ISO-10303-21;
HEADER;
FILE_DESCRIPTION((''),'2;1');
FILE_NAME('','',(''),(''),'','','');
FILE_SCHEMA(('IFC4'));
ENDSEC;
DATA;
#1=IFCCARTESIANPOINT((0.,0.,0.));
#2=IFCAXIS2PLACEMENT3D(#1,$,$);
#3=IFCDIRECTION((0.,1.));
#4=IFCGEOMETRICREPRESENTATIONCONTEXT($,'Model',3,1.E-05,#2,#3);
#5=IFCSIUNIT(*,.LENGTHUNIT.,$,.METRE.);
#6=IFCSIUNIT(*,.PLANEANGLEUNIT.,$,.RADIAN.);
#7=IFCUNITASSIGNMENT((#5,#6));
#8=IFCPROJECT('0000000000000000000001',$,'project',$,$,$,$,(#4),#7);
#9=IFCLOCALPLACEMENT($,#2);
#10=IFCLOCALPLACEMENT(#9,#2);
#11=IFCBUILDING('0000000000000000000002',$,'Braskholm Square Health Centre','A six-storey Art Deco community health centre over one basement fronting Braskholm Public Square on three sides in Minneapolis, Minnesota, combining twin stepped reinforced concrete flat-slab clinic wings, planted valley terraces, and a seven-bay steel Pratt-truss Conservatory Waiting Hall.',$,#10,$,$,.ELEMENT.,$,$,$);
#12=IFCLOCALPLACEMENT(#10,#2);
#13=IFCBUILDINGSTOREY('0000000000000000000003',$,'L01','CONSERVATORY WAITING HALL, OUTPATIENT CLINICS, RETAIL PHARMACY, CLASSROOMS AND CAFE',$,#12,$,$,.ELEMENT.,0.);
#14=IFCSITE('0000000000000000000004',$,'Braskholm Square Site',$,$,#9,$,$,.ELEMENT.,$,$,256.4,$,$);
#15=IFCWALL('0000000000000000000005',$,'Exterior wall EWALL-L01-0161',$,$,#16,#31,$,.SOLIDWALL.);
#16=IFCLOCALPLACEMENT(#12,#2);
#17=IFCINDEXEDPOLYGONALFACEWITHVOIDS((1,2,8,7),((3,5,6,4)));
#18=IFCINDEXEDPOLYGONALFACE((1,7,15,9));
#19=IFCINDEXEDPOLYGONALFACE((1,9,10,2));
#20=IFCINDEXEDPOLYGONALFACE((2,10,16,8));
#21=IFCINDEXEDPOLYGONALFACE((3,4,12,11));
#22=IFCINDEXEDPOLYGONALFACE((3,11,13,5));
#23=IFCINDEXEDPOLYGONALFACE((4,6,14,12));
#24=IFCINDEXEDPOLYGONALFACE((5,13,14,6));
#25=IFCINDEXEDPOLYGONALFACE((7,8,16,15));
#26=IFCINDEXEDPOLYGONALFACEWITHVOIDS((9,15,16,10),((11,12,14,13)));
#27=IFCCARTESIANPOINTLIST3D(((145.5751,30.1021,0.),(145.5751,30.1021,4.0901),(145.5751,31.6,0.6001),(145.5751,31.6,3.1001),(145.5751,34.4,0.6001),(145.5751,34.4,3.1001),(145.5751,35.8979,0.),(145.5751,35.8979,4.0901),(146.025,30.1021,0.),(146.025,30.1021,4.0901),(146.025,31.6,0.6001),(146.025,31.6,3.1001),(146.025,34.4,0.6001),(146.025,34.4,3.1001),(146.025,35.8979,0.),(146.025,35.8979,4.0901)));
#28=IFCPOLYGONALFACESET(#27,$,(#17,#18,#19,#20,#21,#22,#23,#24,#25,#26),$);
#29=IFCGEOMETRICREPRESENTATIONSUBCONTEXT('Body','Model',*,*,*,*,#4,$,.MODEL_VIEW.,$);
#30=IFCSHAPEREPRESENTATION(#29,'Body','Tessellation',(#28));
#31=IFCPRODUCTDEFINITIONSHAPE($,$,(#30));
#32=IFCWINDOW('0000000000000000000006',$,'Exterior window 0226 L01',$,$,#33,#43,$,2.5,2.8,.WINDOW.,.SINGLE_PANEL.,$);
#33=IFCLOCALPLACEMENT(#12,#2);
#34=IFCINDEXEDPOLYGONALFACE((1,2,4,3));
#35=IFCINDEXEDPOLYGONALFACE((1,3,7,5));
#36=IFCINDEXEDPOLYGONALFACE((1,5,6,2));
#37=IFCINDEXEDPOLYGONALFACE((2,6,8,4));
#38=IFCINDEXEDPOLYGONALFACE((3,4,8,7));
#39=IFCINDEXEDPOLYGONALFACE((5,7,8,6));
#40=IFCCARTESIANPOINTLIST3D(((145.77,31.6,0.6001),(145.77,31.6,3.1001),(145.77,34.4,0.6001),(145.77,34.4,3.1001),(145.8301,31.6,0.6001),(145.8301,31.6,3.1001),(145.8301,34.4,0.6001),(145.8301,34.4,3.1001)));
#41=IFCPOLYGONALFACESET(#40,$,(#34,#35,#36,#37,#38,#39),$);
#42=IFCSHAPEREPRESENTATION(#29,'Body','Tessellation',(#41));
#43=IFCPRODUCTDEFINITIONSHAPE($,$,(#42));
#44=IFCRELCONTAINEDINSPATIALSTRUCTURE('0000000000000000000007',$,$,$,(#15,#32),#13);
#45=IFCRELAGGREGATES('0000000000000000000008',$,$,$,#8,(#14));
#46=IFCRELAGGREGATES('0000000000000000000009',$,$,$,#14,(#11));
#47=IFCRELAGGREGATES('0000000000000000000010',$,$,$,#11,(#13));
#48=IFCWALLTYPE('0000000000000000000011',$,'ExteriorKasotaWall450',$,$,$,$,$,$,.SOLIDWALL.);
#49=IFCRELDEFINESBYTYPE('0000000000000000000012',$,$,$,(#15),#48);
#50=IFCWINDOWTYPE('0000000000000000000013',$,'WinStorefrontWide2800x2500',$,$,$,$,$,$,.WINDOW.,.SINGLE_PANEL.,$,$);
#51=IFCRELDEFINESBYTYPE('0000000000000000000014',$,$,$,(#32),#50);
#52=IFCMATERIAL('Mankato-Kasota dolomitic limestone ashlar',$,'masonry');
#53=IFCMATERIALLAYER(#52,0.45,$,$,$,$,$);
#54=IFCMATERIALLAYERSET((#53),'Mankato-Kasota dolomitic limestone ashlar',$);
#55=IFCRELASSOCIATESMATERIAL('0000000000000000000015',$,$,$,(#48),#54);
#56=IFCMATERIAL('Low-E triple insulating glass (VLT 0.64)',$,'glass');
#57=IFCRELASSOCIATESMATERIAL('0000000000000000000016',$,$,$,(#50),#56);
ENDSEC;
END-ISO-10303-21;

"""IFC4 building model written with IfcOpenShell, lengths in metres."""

from ifc_helpers import new_model, si_unit, direction, frame, frame_2d, origin, origin_with_axes, place, context, subcontext, project, spatial, rectangle, extrude, material, layer, layer_set, type_object, element, fill, save


model = new_model("IFC4")

# Units and contexts
model_context = context("Model", 3, precision=1e-05, world=origin(), true_north=direction((0.0, 1.0)))
body_context = subcontext(model_context, "Body", "Model", "MODEL_VIEW")
ifc_project = project(units=[si_unit("LENGTHUNIT", "METRE"), si_unit("PLANEANGLEUNIT", "RADIAN")], contexts=[model_context])

# Site, building, storey
site_placement = place(None, origin())
site = spatial("IfcSite", under=ifc_project, at=site_placement, Name="Braskholm Square Site", CompositionType="ELEMENT", RefElevation=256.4)
building_placement = place(site_placement, origin())
building = spatial("IfcBuilding", under=site, at=building_placement, Name="Braskholm Square Health Centre", Description="A six-storey Art Deco community health centre over one basement fronting Braskholm Public Square on three sides in Minneapolis, Minnesota, combining twin stepped reinforced concrete flat-slab clinic wings, planted valley terraces, and a seven-bay steel Pratt-truss Conservatory Waiting Hall.", CompositionType="ELEMENT")
storey_placement = place(building_placement, origin())
storey = spatial("IfcBuildingStorey", under=building, at=storey_placement, Name="L01", Description="CONSERVATORY WAITING HALL, OUTPATIENT CLINICS, RETAIL PHARMACY, CLASSROOMS AND CAFE", CompositionType="ELEMENT", Elevation=0.0)

# Shared definitions
ifc_material_1 = material(Name="Low-E triple insulating glass (VLT 0.64)", Category="glass")

# Wall, opening, window
ifc_material_2 = material(Name="Mankato-Kasota dolomitic limestone ashlar", Category="masonry")
ifc_layer = layer(ifc_material_2, 0.45)
ifc_layer_set = layer_set([ifc_layer], Name="Mankato-Kasota dolomitic limestone ashlar")
wall_type = type_object("IfcWallType", Name="ExteriorKasotaWall450", PredefinedType="SOLIDWALL", material=ifc_layer_set)
wall_placement = place(storey_placement, frame((145.8, 35.8979, 0.0), z_axis=(0.0, 0.0, 1.0), x_axis=(0.0, -1.0, 0.0)))
wall = element("IfcWall", 1, at=wall_placement, inside=storey, type_object=wall_type, Name="Exterior wall EWALL-L01-0161", PredefinedType="SOLIDWALL", context=body_context, shape_type="SweptSolid", body=[
    extrude(rectangle(XDim=5.7959, YDim=0.45, at=frame_2d((2.8979, 0.0))), origin(), (0.0, 0.0, 1.0), 4.0901),
])
opening_placement = place(wall_placement, frame((1.498, 0.0, 0.6001)))
opening = element("IfcOpeningElement", 2, at=opening_placement, cuts=wall, PredefinedType="OPENING", context=body_context, shape_type="SweptSolid", body=[
    extrude(rectangle(XDim=2.8, YDim=2.5, at=frame_2d((1.3999, 1.25))), frame((0.0, 0.2349, 0.0), z_axis=(0.0, -1.0, 0.0), x_axis=(1.0, 0.0, 0.0)), (0.0, 0.0, 1.0), 0.47),
])
window_type = type_object("IfcWindowType", Name="WinStorefrontWide2800x2500", PartitioningType="SINGLE_PANEL", PredefinedType="WINDOW", material=ifc_material_1)
window_placement = place(opening_placement, origin_with_axes())
window = element("IfcWindow", 3, at=window_placement, inside=storey, type_object=window_type, Name="Exterior window 0226 L01", OverallHeight=2.5, OverallWidth=2.8, PartitioningType="SINGLE_PANEL", PredefinedType="WINDOW", context=body_context, shape_type="SweptSolid", body=[
    extrude(rectangle(XDim=2.8, YDim=2.5, at=frame_2d((1.3999, 1.25))), frame((0.0, 0.03, 0.0), z_axis=(0.0, -1.0, 0.0), x_axis=(1.0, 0.0, 0.0)), (0.0, 0.0, 1.0), 0.0601),
])
fill(opening, window)

save(model, "model.ifc")
